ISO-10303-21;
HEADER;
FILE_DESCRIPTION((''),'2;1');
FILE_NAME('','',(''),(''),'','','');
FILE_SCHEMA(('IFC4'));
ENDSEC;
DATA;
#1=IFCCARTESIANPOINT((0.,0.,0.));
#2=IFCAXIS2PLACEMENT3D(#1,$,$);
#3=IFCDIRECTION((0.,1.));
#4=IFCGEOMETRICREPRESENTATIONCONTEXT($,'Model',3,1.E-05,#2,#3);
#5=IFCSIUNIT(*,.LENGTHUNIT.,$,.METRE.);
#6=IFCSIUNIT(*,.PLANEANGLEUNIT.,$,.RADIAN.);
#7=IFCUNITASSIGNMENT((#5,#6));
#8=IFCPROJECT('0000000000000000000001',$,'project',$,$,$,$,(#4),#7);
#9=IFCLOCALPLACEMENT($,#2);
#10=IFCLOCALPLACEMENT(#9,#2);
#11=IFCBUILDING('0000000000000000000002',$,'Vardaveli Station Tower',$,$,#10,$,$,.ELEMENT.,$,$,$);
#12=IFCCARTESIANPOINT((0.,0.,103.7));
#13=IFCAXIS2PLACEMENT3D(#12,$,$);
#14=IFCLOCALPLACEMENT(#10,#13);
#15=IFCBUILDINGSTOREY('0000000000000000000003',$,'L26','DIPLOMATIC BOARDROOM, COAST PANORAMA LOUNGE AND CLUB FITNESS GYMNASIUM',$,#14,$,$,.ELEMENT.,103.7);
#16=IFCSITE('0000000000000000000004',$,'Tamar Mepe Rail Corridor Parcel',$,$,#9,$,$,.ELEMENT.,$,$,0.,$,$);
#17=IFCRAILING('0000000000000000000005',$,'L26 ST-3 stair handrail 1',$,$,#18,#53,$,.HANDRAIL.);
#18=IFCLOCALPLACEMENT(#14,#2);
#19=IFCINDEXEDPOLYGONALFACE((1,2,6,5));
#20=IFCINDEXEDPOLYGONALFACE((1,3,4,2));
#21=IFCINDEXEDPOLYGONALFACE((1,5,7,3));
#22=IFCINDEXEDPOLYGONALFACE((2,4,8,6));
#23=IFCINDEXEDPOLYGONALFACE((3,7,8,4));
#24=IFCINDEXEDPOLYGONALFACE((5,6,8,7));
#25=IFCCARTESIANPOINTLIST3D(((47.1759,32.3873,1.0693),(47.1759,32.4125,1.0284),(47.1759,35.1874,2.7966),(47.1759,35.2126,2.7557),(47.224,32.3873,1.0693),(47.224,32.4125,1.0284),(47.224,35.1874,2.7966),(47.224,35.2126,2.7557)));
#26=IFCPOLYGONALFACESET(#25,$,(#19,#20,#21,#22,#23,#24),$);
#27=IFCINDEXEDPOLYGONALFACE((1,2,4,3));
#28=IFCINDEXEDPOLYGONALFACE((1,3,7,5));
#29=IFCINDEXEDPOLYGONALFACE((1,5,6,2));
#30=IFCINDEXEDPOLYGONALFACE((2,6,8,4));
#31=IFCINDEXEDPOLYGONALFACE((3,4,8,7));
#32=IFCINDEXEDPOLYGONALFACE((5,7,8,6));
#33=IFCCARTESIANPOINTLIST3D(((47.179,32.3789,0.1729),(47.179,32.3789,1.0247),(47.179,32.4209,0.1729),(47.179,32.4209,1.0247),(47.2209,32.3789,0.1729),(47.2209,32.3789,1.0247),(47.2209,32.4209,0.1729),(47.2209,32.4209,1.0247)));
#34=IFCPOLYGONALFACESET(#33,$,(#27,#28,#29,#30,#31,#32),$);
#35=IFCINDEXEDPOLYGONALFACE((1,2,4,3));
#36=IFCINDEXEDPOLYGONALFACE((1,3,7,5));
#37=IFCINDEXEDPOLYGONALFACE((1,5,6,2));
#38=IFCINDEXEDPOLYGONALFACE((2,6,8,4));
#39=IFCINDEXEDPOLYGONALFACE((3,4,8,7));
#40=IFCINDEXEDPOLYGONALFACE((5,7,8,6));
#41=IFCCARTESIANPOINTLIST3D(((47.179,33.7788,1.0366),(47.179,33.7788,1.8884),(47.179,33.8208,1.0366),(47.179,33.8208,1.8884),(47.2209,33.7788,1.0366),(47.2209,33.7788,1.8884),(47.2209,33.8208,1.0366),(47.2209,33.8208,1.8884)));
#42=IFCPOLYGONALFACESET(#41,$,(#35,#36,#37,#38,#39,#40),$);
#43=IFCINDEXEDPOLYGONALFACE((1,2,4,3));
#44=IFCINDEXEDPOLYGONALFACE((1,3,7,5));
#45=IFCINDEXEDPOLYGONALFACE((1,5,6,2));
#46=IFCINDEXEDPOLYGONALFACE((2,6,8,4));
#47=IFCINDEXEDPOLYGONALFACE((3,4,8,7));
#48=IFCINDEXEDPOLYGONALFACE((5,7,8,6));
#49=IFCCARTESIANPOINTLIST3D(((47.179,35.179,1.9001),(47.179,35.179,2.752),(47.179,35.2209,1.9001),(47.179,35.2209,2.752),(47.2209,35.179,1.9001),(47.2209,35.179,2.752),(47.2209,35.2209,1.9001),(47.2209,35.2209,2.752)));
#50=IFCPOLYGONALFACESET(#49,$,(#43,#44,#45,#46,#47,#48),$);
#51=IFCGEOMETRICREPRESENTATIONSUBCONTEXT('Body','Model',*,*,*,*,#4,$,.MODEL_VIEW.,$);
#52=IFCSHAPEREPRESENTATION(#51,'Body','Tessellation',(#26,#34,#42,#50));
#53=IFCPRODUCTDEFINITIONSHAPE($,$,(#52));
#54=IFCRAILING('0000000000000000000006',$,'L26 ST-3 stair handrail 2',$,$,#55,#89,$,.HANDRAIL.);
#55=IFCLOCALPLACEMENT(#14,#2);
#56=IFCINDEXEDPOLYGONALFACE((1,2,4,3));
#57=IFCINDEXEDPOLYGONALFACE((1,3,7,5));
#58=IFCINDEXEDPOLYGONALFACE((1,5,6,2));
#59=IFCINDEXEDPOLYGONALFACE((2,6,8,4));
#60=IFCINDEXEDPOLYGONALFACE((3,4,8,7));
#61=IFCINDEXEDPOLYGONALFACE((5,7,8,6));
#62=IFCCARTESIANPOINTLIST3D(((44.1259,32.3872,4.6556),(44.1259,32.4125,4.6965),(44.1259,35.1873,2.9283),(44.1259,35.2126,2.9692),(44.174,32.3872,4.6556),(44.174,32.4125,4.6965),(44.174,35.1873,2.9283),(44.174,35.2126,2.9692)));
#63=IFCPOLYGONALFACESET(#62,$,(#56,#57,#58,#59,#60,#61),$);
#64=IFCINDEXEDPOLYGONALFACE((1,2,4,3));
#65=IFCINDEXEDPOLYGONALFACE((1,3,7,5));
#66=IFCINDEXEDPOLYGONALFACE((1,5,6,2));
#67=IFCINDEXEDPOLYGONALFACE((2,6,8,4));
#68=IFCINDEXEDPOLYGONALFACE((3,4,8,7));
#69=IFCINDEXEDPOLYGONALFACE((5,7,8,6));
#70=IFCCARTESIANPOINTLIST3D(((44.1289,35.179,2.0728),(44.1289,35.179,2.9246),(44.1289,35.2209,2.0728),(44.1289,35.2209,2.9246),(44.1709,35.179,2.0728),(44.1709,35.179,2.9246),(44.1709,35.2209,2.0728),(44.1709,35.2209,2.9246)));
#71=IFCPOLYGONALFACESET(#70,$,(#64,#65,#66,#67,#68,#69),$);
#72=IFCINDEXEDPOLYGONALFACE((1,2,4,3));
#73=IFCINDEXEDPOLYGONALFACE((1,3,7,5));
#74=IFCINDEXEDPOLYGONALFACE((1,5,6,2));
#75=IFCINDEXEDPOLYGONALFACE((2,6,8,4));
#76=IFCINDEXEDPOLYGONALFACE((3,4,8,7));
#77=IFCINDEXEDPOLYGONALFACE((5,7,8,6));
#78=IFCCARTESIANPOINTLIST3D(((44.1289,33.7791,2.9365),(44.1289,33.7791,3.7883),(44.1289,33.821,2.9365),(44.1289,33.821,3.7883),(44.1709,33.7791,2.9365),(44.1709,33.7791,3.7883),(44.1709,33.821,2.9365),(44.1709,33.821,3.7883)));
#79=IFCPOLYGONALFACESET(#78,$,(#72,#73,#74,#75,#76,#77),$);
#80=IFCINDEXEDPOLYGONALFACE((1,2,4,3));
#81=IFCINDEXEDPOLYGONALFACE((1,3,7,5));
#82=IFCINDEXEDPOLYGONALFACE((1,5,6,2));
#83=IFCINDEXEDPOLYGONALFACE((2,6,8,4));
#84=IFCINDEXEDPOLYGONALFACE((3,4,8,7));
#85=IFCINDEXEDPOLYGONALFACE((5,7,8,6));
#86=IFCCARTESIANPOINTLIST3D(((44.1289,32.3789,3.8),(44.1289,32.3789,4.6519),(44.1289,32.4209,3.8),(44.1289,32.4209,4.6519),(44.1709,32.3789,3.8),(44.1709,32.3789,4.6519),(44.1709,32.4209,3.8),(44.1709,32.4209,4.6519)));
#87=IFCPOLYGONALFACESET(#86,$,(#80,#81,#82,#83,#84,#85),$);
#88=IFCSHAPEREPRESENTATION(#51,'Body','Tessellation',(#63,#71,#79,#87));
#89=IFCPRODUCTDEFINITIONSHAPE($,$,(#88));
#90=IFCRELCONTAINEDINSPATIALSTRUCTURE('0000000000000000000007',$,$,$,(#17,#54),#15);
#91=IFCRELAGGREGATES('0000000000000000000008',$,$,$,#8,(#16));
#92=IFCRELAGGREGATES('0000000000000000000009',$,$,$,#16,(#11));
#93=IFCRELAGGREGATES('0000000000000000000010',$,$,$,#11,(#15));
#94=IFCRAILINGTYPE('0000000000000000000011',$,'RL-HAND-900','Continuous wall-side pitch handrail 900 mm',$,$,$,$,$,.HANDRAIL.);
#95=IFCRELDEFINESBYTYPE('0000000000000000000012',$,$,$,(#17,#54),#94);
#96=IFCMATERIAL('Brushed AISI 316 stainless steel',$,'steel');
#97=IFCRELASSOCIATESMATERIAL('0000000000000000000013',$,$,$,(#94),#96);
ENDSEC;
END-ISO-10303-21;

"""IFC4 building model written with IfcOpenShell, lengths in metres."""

from ifc_helpers import new_model, si_unit, direction, frame, origin, origin_2d, place, context, subcontext, project, spatial, rectangle, extrude, source, transform, mapped, material, type_object, element, save


model = new_model("IFC4")

# Units and contexts
model_context = context("Model", 3, precision=1e-05, world=origin(), true_north=direction((0.0, 1.0)))
body_context = subcontext(model_context, "Body", "Model", "MODEL_VIEW")
ifc_project = project(units=[si_unit("LENGTHUNIT", "METRE"), si_unit("PLANEANGLEUNIT", "RADIAN")], contexts=[model_context])

# Site, building, storey
site_placement = place(None, origin())
site = spatial("IfcSite", under=ifc_project, at=site_placement, Name="Tamar Mepe Rail Corridor Parcel", CompositionType="ELEMENT", RefElevation=0.0)
building_placement = place(site_placement, origin())
building = spatial("IfcBuilding", under=site, at=building_placement, Name="Vardaveli Station Tower", CompositionType="ELEMENT")
storey_placement = place(building_placement, frame((0.0, 0.0, 103.7)))
storey = spatial("IfcBuildingStorey", under=building, at=storey_placement, Name="L26", Description="DIPLOMATIC BOARDROOM, COAST PANORAMA LOUNGE AND CLUB FITNESS GYMNASIUM", CompositionType="ELEMENT", Elevation=103.7)

# Railings
ifc_material_1 = material(Name="Brushed AISI 316 stainless steel", Category="steel")
railing_type_1 = type_object("IfcRailingType", Name="RL-HAND-900", Description="Continuous wall-side pitch handrail 900 mm", PredefinedType="HANDRAIL", material=ifc_material_1)
shared_shape_1 = source(origin(), body_context, "Body", "SweptSolid", [
    extrude(rectangle(XDim=0.0481, YDim=0.0481, at=origin_2d()), frame((0.0, 0.0, 0.876), z_axis=(0.0, 0.85109, 0.52502), x_axis=(-1.0, 0.0, 0.0)), (0.0, 0.0, 1.0), 3.29),
    extrude(rectangle(XDim=0.042, YDim=0.042, at=origin_2d()), origin(), (0.0, 0.0, 1.0), 0.8518),
    extrude(rectangle(XDim=0.042, YDim=0.042, at=origin_2d()), frame((0.0, 1.3999, 0.8638)), (0.0, 0.0, 1.0), 0.8518),
    extrude(rectangle(XDim=0.042, YDim=0.042, at=origin_2d()), frame((0.0, 2.8, 1.7273)), (0.0, 0.0, 1.0), 0.8518),
])
railing_1_placement = place(storey_placement, frame((47.2, 32.3999, 0.1729)))
element("IfcRailing", 1, at=railing_1_placement, inside=storey, type_object=railing_type_1, Name="L26 ST-3 stair handrail 1", PredefinedType="HANDRAIL", context=body_context, shape_type="MappedRepresentation", body=[
    mapped(shared_shape_1, transform((0.0, 0.0, 0.0), scale=1.0)),
])
shared_shape_2 = source(origin(), body_context, "Body", "SweptSolid", [
    extrude(rectangle(XDim=0.0481, YDim=0.0481, at=origin_2d()), frame((0.0, 0.0, 0.876), z_axis=(0.0, -0.85109, 0.52502), x_axis=(1.0, 0.0, 0.0)), (0.0, 0.0, 1.0), 3.29),
    extrude(rectangle(XDim=0.042, YDim=0.042, at=origin_2d()), origin(), (0.0, 0.0, 1.0), 0.8518),
    extrude(rectangle(XDim=0.042, YDim=0.042, at=origin_2d()), frame((0.0, -1.3999, 0.8638)), (0.0, 0.0, 1.0), 0.8518),
    extrude(rectangle(XDim=0.042, YDim=0.042, at=origin_2d()), frame((0.0, -2.8, 1.7273)), (0.0, 0.0, 1.0), 0.8518),
])
railing_2_placement = place(storey_placement, frame((44.1499, 35.2, 2.0728)))
element("IfcRailing", 2, at=railing_2_placement, inside=storey, type_object=railing_type_1, Name="L26 ST-3 stair handrail 2", PredefinedType="HANDRAIL", context=body_context, shape_type="MappedRepresentation", body=[
    mapped(shared_shape_2, transform((0.0, 0.0, 0.0), scale=1.0)),
])

save(model, "model.ifc")
